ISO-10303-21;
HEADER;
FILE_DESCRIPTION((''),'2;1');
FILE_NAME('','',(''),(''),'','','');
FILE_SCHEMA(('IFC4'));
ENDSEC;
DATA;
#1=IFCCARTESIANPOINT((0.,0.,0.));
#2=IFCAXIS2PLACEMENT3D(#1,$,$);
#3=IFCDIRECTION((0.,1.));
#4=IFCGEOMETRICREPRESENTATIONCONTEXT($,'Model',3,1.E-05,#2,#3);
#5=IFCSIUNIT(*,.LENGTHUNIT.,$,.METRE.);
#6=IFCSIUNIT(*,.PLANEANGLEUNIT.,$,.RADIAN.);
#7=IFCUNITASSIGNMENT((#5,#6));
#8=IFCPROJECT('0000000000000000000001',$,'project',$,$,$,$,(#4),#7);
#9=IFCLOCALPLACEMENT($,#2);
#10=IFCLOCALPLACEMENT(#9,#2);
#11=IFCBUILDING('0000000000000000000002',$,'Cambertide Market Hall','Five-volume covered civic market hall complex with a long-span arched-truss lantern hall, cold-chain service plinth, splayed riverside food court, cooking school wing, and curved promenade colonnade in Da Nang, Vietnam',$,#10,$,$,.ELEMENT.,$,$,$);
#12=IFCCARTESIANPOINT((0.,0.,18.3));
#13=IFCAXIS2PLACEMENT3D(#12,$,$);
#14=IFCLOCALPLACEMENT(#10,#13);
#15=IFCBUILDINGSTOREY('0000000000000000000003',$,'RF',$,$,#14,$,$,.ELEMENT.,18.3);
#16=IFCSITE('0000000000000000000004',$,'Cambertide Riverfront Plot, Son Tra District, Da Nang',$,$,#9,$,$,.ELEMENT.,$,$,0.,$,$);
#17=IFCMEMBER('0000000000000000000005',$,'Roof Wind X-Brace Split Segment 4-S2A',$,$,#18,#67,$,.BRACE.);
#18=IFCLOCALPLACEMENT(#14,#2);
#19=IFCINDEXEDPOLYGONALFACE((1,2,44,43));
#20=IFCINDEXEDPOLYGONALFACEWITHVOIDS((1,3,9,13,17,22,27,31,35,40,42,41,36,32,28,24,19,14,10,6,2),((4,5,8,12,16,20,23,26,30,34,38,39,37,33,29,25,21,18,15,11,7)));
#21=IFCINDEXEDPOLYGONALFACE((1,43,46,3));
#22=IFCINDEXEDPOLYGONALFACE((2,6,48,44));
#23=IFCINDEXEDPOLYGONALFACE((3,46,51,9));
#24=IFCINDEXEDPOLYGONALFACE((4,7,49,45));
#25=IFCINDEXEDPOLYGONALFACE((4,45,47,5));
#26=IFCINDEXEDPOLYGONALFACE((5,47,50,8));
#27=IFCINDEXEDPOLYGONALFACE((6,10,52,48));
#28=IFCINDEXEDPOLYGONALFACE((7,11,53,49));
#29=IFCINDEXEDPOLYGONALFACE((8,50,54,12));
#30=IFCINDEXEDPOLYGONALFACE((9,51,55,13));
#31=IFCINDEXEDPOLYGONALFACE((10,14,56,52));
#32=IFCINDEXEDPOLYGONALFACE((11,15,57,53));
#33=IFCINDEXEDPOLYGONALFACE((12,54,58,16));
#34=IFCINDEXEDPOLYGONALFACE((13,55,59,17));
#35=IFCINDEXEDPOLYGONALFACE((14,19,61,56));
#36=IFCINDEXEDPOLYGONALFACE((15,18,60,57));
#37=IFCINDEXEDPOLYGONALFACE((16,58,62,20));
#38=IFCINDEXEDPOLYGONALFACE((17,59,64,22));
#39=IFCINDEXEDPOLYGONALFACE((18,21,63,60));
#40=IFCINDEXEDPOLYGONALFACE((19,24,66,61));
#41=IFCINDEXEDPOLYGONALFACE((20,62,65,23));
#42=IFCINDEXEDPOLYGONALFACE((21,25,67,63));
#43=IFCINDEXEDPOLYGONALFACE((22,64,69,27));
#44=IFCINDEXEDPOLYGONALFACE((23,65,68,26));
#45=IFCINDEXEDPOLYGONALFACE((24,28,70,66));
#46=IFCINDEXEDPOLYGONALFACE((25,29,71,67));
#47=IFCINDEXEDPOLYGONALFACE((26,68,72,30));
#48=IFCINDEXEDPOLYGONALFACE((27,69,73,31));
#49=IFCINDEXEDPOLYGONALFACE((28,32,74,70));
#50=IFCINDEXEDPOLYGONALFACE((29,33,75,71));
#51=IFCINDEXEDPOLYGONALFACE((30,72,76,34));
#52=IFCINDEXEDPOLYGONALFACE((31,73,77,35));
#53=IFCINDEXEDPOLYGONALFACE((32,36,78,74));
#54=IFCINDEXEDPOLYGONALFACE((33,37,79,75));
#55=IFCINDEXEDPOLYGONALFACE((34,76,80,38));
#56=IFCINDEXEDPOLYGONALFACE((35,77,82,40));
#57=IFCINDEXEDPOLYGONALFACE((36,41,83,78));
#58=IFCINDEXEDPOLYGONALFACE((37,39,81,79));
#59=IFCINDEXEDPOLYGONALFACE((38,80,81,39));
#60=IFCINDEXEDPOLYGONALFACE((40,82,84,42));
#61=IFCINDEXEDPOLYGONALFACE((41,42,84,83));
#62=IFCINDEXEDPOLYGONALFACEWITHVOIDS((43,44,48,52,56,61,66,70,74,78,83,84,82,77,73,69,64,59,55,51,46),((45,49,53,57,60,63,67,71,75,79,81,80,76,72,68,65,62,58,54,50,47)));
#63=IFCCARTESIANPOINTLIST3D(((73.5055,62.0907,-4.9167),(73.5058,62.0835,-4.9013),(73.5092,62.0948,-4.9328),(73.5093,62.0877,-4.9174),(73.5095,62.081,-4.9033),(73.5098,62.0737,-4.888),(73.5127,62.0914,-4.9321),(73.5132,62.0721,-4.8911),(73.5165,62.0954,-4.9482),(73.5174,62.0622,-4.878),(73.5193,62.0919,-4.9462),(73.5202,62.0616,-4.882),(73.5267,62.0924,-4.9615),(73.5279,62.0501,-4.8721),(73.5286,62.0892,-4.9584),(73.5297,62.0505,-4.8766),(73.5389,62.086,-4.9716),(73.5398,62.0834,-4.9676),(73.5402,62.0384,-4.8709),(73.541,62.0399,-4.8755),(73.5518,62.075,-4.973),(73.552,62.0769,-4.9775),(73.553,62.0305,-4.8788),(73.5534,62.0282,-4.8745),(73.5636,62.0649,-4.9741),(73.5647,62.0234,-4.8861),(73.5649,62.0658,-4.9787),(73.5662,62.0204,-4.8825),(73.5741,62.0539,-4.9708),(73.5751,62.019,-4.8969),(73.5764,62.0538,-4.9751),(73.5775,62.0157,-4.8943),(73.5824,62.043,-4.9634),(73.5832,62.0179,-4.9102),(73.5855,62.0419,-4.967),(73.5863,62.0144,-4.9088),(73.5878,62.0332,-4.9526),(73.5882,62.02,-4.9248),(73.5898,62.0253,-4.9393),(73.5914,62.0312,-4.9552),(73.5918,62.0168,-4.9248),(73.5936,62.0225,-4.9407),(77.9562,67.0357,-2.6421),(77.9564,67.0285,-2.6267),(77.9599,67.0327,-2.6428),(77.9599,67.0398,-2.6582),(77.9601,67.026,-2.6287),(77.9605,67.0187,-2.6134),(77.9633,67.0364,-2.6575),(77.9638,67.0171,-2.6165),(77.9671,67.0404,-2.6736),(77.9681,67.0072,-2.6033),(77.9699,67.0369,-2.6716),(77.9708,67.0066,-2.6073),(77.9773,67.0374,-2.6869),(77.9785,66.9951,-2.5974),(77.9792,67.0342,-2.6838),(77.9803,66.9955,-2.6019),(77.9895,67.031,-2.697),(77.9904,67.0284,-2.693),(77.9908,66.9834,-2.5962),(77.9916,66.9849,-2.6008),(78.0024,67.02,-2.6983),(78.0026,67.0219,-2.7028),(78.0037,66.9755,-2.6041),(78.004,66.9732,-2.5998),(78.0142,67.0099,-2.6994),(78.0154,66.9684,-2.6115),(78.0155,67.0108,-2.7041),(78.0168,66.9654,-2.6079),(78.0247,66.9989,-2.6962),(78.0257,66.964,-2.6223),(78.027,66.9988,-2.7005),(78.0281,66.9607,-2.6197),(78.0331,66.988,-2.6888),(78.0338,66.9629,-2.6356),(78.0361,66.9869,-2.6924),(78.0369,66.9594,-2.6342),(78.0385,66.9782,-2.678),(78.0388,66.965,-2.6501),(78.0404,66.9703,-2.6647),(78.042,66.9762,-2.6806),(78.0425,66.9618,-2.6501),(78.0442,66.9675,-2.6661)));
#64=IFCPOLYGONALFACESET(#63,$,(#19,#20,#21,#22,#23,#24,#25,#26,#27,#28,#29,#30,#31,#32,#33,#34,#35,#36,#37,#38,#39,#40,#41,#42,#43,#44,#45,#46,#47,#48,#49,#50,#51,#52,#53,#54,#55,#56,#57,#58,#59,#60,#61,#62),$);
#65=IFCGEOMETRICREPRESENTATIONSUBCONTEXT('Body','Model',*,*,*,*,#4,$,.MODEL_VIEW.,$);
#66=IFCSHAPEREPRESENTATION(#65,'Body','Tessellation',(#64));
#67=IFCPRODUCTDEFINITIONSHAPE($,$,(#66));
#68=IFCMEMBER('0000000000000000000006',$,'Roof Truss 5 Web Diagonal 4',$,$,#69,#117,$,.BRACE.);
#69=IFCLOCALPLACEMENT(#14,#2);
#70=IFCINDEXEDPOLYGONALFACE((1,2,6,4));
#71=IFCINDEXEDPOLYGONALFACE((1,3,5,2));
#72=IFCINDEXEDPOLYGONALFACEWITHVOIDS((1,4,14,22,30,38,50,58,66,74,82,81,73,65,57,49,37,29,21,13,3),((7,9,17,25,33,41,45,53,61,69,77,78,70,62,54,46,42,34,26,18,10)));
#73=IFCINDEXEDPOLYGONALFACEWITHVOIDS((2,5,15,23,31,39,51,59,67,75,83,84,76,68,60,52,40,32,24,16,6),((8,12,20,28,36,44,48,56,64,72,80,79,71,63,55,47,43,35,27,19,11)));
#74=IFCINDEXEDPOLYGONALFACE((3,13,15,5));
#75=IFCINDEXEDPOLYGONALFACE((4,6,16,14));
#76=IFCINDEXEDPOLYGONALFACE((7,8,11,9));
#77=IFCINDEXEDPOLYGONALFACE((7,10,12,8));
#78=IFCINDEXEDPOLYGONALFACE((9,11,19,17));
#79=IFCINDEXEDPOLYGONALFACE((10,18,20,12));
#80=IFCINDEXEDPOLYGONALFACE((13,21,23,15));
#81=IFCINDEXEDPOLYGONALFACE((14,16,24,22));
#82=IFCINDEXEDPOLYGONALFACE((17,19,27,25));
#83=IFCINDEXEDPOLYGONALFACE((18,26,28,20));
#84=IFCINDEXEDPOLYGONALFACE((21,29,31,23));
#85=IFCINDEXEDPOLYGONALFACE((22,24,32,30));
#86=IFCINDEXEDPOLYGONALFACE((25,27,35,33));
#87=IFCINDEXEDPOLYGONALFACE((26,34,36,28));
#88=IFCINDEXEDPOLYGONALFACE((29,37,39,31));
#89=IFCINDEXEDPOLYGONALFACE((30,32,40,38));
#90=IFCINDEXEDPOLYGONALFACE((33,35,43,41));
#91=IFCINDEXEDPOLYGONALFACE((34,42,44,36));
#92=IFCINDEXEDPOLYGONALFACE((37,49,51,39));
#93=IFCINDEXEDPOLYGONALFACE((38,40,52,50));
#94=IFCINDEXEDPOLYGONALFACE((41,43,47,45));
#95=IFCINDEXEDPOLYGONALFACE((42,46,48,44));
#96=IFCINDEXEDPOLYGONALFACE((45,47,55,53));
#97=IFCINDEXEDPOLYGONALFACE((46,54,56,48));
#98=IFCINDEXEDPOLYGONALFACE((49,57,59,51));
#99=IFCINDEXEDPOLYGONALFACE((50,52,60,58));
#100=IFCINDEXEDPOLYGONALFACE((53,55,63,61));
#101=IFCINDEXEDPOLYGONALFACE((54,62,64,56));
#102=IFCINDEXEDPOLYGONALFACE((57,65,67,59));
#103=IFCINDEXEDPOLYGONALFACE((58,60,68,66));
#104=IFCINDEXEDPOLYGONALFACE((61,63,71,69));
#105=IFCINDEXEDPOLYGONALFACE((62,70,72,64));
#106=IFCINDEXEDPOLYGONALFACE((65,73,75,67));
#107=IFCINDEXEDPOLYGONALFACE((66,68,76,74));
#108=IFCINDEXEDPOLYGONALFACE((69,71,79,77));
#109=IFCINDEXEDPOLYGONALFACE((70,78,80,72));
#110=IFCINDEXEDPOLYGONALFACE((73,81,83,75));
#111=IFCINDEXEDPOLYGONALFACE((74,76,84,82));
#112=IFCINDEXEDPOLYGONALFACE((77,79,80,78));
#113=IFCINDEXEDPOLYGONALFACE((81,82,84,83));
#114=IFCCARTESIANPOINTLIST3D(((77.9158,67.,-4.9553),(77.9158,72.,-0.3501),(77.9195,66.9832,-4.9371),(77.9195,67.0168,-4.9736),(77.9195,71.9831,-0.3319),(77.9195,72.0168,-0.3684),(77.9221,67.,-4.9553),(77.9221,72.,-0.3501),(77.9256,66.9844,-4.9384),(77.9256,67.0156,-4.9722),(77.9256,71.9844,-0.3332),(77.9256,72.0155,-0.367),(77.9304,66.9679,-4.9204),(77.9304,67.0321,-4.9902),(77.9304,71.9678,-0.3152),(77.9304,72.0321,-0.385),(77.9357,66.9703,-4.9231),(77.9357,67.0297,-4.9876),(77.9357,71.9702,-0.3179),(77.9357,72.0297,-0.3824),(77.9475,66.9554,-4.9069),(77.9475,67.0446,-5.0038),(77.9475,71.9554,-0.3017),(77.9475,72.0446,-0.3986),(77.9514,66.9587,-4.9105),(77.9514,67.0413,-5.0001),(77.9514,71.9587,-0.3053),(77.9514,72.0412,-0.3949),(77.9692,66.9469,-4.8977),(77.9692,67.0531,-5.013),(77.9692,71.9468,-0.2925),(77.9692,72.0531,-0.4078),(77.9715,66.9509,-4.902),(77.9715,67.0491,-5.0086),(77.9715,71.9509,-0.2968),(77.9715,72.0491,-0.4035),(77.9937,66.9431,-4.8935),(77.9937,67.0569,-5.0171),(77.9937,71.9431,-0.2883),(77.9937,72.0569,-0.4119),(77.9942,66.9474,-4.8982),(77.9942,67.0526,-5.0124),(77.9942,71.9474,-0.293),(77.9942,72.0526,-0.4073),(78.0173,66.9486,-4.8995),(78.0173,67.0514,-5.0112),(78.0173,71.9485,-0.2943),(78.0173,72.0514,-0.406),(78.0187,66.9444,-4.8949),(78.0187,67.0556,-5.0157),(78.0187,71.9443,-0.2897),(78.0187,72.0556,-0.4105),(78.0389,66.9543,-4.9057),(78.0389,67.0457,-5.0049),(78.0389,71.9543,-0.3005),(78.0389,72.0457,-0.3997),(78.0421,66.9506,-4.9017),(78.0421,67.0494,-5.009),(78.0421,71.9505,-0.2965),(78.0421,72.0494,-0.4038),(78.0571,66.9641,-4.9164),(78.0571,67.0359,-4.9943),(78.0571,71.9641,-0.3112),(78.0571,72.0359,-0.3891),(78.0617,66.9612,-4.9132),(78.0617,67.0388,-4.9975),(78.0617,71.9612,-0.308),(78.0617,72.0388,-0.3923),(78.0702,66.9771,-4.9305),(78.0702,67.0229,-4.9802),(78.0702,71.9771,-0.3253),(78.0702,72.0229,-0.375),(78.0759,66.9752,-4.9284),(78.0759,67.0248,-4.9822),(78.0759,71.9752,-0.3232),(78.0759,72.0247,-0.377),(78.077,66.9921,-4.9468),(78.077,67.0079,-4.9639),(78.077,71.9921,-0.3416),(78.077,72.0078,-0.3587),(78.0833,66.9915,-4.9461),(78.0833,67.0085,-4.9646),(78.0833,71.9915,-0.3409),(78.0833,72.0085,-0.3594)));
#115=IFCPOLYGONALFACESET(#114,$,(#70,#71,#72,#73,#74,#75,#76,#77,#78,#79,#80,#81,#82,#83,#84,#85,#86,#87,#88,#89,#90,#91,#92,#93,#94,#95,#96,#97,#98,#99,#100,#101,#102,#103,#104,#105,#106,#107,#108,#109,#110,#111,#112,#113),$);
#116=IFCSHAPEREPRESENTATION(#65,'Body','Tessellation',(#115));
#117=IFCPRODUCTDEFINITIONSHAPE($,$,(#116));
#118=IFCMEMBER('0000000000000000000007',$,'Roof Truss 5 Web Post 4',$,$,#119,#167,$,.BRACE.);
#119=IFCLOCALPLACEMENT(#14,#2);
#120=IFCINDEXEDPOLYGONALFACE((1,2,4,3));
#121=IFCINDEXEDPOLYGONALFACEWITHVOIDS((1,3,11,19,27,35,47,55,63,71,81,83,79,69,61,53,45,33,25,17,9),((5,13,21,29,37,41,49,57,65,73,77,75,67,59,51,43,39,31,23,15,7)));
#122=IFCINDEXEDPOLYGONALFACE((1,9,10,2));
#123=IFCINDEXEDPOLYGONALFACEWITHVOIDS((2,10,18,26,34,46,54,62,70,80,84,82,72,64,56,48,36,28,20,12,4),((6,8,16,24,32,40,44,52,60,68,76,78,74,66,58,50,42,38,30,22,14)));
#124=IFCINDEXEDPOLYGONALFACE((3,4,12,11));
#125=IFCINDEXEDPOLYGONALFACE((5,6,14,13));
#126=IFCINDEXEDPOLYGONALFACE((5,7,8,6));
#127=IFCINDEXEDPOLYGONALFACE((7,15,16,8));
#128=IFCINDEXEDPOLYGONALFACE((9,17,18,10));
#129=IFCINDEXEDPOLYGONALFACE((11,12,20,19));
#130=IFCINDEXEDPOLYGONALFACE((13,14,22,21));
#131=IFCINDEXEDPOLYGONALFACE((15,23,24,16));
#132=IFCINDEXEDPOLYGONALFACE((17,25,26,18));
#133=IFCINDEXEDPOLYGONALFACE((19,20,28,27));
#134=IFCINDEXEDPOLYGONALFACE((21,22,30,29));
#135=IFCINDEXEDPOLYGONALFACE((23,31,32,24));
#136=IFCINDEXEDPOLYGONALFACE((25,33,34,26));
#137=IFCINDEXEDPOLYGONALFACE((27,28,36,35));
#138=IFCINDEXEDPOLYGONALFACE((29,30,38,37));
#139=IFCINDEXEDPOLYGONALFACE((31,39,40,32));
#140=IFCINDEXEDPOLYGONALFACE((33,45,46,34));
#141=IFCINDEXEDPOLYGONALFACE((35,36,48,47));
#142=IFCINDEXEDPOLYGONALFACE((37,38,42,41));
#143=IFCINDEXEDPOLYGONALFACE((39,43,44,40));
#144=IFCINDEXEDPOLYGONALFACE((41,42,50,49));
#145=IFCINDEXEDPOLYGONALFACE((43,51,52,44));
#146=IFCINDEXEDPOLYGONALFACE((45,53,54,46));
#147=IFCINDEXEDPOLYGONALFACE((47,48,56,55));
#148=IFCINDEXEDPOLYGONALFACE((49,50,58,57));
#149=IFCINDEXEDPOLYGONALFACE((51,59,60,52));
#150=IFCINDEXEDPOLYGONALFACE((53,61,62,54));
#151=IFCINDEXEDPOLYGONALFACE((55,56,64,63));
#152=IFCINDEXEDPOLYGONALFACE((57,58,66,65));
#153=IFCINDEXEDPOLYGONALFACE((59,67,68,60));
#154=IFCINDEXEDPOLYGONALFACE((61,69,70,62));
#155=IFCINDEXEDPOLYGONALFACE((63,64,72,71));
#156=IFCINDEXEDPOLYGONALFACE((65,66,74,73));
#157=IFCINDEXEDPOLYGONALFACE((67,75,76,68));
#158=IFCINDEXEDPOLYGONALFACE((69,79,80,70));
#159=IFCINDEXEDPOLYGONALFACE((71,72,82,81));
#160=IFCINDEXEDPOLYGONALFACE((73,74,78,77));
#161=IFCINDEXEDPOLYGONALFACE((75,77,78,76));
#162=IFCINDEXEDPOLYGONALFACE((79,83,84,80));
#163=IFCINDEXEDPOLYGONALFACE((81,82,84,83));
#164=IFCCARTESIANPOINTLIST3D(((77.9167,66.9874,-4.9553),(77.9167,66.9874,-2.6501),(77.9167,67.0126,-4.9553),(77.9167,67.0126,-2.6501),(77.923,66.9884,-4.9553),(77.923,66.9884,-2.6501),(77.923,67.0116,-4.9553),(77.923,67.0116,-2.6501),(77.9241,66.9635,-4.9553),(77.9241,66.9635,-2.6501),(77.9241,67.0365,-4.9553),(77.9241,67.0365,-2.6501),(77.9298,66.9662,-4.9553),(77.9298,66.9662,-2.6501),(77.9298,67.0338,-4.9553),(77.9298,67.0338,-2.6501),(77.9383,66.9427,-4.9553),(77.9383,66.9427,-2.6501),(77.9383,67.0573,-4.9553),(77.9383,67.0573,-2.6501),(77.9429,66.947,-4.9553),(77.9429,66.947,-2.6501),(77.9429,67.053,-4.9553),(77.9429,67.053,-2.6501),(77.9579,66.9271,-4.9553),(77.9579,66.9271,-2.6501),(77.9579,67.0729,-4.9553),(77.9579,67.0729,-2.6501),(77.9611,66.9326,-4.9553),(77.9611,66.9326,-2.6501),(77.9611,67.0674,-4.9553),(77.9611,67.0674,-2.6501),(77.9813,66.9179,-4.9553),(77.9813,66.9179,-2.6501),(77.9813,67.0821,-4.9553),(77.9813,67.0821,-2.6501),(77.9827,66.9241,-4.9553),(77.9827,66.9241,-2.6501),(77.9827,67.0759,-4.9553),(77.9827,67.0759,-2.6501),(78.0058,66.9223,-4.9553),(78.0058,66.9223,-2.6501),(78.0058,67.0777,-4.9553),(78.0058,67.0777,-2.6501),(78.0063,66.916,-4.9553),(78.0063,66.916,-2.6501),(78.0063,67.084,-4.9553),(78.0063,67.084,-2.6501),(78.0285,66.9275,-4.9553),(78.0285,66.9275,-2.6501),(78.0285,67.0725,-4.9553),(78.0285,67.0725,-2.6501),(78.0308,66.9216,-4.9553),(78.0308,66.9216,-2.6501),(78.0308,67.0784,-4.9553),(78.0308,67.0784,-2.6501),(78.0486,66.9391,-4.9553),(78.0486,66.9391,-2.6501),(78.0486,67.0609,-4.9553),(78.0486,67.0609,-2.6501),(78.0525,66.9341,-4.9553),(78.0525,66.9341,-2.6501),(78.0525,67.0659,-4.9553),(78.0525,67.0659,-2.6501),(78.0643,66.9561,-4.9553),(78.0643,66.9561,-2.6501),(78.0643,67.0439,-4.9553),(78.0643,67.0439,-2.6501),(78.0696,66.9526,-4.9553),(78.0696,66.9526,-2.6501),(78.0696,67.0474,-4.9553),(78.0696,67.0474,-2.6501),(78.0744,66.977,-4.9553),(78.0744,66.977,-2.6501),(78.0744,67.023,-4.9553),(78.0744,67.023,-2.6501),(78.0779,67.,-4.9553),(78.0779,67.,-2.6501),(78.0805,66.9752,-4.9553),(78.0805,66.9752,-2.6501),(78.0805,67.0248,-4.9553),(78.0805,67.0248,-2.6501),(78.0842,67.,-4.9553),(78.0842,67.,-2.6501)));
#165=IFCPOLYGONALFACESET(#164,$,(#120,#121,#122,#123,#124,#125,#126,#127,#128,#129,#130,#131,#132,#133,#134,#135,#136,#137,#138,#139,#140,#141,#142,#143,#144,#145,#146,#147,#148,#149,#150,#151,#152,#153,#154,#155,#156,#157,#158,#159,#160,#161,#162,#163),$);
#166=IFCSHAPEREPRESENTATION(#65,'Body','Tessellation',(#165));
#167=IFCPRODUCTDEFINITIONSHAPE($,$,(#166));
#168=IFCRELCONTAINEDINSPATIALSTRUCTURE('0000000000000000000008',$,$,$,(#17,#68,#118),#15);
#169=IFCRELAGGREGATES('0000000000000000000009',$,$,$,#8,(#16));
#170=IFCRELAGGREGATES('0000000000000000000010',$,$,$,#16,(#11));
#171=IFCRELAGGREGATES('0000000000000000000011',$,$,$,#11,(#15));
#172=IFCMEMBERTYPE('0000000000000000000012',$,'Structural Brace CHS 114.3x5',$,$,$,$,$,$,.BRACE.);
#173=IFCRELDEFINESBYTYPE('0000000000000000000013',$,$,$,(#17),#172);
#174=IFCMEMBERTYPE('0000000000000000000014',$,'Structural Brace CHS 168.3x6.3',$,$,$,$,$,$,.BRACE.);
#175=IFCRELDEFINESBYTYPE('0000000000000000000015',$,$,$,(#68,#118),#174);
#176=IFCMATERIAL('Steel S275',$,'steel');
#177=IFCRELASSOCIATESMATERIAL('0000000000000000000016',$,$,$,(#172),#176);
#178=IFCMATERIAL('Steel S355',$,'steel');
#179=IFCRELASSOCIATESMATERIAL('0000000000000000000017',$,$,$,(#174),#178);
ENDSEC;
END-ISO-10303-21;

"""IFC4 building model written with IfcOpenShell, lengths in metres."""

from ifc_helpers import new_model, si_unit, direction, frame, origin, origin_2d, place, context, subcontext, project, spatial, hollow_circle, extrude, material, material_profile, profile_set, type_object, element, save


model = new_model("IFC4")

# Units and contexts
model_context = context("Model", 3, precision=1e-05, world=origin(), true_north=direction((0.0, 1.0)))
body_context = subcontext(model_context, "Body", "Model", "MODEL_VIEW")
ifc_project = project(units=[si_unit("LENGTHUNIT", "METRE"), si_unit("PLANEANGLEUNIT", "RADIAN")], contexts=[model_context])

# Site, building, storey
site_placement = place(None, origin())
site = spatial("IfcSite", under=ifc_project, at=site_placement, Name="Cambertide Riverfront Plot, Son Tra District, Da Nang", CompositionType="ELEMENT", RefElevation=0.0)
building_placement = place(site_placement, origin())
building = spatial("IfcBuilding", under=site, at=building_placement, Name="Cambertide Market Hall", Description="Five-volume covered civic market hall complex with a long-span arched-truss lantern hall, cold-chain service plinth, splayed riverside food court, cooking school wing, and curved promenade colonnade in Da Nang, Vietnam", CompositionType="ELEMENT")
storey_placement = place(building_placement, frame((0.0, 0.0, 18.3)))
storey = spatial("IfcBuildingStorey", under=building, at=storey_placement, Name="RF", CompositionType="ELEMENT", Elevation=18.3)

# Members
ifc_material_1 = material(Name="Steel S275", Category="steel")
ifc_material_profile_1 = material_profile(ifc_material_1, hollow_circle(Radius=0.0571, WallThickness=0.0049, at=origin_2d()), Name="CHS 114.3x5")
ifc_profile_set_1 = profile_set([ifc_material_profile_1], Name="Steel S275")
member_type_1 = type_object("IfcMemberType", Name="Structural Brace CHS 114.3x5", PredefinedType="BRACE", material=ifc_profile_set_1)
member_1_placement = place(storey_placement, frame((78.0, 67.0, -2.6501), z_axis=(-0.633, -0.703314, -0.323514), x_axis=(0.743285, -0.668975, 0.0)))
element("IfcMember", 1, at=member_1_placement, inside=storey, type_object=member_type_1, Name="Roof Wind X-Brace Split Segment 4-S2A", PredefinedType="BRACE", context=body_context, shape_type="SweptSolid", body=[
    extrude(hollow_circle(Radius=0.0571, WallThickness=0.0049, at=origin_2d()), origin(), (0.0, 0.0, 1.0), 7.031),
])
ifc_material_2 = material(Name="Steel S355", Category="steel")
ifc_material_profile_2 = material_profile(ifc_material_2, hollow_circle(Radius=0.0842, WallThickness=0.0063, at=origin_2d()), Name="CHS 168.3x6.3")
ifc_profile_set_2 = profile_set([ifc_material_profile_2], Name="Steel S355")
member_type_2 = type_object("IfcMemberType", Name="Structural Brace CHS 168.3x6.3", PredefinedType="BRACE", material=ifc_profile_set_2)
member_2_placement = place(storey_placement, frame((78.0, 67.0, -4.9553), z_axis=(0.0, 0.735548, 0.677473), x_axis=(-1.0, 0.0, 0.0)))
element("IfcMember", 2, at=member_2_placement, inside=storey, type_object=member_type_2, Name="Roof Truss 5 Web Diagonal 4", PredefinedType="BRACE", context=body_context, shape_type="SweptSolid", body=[
    extrude(hollow_circle(Radius=0.0842, WallThickness=0.0063, at=origin_2d()), origin(), (0.0, 0.0, 1.0), 6.7976),
])
member_3_placement = place(storey_placement, frame((78.0, 67.0, -4.9553), z_axis=(0.0, 0.0, 1.0), x_axis=(1.0, 0.0, 0.0)))
element("IfcMember", 3, at=member_3_placement, inside=storey, type_object=member_type_2, Name="Roof Truss 5 Web Post 4", PredefinedType="BRACE", context=body_context, shape_type="SweptSolid", body=[
    extrude(hollow_circle(Radius=0.0842, WallThickness=0.0063, at=origin_2d()), origin(), (0.0, 0.0, 1.0), 2.3052),
])

save(model, "model.ifc")
